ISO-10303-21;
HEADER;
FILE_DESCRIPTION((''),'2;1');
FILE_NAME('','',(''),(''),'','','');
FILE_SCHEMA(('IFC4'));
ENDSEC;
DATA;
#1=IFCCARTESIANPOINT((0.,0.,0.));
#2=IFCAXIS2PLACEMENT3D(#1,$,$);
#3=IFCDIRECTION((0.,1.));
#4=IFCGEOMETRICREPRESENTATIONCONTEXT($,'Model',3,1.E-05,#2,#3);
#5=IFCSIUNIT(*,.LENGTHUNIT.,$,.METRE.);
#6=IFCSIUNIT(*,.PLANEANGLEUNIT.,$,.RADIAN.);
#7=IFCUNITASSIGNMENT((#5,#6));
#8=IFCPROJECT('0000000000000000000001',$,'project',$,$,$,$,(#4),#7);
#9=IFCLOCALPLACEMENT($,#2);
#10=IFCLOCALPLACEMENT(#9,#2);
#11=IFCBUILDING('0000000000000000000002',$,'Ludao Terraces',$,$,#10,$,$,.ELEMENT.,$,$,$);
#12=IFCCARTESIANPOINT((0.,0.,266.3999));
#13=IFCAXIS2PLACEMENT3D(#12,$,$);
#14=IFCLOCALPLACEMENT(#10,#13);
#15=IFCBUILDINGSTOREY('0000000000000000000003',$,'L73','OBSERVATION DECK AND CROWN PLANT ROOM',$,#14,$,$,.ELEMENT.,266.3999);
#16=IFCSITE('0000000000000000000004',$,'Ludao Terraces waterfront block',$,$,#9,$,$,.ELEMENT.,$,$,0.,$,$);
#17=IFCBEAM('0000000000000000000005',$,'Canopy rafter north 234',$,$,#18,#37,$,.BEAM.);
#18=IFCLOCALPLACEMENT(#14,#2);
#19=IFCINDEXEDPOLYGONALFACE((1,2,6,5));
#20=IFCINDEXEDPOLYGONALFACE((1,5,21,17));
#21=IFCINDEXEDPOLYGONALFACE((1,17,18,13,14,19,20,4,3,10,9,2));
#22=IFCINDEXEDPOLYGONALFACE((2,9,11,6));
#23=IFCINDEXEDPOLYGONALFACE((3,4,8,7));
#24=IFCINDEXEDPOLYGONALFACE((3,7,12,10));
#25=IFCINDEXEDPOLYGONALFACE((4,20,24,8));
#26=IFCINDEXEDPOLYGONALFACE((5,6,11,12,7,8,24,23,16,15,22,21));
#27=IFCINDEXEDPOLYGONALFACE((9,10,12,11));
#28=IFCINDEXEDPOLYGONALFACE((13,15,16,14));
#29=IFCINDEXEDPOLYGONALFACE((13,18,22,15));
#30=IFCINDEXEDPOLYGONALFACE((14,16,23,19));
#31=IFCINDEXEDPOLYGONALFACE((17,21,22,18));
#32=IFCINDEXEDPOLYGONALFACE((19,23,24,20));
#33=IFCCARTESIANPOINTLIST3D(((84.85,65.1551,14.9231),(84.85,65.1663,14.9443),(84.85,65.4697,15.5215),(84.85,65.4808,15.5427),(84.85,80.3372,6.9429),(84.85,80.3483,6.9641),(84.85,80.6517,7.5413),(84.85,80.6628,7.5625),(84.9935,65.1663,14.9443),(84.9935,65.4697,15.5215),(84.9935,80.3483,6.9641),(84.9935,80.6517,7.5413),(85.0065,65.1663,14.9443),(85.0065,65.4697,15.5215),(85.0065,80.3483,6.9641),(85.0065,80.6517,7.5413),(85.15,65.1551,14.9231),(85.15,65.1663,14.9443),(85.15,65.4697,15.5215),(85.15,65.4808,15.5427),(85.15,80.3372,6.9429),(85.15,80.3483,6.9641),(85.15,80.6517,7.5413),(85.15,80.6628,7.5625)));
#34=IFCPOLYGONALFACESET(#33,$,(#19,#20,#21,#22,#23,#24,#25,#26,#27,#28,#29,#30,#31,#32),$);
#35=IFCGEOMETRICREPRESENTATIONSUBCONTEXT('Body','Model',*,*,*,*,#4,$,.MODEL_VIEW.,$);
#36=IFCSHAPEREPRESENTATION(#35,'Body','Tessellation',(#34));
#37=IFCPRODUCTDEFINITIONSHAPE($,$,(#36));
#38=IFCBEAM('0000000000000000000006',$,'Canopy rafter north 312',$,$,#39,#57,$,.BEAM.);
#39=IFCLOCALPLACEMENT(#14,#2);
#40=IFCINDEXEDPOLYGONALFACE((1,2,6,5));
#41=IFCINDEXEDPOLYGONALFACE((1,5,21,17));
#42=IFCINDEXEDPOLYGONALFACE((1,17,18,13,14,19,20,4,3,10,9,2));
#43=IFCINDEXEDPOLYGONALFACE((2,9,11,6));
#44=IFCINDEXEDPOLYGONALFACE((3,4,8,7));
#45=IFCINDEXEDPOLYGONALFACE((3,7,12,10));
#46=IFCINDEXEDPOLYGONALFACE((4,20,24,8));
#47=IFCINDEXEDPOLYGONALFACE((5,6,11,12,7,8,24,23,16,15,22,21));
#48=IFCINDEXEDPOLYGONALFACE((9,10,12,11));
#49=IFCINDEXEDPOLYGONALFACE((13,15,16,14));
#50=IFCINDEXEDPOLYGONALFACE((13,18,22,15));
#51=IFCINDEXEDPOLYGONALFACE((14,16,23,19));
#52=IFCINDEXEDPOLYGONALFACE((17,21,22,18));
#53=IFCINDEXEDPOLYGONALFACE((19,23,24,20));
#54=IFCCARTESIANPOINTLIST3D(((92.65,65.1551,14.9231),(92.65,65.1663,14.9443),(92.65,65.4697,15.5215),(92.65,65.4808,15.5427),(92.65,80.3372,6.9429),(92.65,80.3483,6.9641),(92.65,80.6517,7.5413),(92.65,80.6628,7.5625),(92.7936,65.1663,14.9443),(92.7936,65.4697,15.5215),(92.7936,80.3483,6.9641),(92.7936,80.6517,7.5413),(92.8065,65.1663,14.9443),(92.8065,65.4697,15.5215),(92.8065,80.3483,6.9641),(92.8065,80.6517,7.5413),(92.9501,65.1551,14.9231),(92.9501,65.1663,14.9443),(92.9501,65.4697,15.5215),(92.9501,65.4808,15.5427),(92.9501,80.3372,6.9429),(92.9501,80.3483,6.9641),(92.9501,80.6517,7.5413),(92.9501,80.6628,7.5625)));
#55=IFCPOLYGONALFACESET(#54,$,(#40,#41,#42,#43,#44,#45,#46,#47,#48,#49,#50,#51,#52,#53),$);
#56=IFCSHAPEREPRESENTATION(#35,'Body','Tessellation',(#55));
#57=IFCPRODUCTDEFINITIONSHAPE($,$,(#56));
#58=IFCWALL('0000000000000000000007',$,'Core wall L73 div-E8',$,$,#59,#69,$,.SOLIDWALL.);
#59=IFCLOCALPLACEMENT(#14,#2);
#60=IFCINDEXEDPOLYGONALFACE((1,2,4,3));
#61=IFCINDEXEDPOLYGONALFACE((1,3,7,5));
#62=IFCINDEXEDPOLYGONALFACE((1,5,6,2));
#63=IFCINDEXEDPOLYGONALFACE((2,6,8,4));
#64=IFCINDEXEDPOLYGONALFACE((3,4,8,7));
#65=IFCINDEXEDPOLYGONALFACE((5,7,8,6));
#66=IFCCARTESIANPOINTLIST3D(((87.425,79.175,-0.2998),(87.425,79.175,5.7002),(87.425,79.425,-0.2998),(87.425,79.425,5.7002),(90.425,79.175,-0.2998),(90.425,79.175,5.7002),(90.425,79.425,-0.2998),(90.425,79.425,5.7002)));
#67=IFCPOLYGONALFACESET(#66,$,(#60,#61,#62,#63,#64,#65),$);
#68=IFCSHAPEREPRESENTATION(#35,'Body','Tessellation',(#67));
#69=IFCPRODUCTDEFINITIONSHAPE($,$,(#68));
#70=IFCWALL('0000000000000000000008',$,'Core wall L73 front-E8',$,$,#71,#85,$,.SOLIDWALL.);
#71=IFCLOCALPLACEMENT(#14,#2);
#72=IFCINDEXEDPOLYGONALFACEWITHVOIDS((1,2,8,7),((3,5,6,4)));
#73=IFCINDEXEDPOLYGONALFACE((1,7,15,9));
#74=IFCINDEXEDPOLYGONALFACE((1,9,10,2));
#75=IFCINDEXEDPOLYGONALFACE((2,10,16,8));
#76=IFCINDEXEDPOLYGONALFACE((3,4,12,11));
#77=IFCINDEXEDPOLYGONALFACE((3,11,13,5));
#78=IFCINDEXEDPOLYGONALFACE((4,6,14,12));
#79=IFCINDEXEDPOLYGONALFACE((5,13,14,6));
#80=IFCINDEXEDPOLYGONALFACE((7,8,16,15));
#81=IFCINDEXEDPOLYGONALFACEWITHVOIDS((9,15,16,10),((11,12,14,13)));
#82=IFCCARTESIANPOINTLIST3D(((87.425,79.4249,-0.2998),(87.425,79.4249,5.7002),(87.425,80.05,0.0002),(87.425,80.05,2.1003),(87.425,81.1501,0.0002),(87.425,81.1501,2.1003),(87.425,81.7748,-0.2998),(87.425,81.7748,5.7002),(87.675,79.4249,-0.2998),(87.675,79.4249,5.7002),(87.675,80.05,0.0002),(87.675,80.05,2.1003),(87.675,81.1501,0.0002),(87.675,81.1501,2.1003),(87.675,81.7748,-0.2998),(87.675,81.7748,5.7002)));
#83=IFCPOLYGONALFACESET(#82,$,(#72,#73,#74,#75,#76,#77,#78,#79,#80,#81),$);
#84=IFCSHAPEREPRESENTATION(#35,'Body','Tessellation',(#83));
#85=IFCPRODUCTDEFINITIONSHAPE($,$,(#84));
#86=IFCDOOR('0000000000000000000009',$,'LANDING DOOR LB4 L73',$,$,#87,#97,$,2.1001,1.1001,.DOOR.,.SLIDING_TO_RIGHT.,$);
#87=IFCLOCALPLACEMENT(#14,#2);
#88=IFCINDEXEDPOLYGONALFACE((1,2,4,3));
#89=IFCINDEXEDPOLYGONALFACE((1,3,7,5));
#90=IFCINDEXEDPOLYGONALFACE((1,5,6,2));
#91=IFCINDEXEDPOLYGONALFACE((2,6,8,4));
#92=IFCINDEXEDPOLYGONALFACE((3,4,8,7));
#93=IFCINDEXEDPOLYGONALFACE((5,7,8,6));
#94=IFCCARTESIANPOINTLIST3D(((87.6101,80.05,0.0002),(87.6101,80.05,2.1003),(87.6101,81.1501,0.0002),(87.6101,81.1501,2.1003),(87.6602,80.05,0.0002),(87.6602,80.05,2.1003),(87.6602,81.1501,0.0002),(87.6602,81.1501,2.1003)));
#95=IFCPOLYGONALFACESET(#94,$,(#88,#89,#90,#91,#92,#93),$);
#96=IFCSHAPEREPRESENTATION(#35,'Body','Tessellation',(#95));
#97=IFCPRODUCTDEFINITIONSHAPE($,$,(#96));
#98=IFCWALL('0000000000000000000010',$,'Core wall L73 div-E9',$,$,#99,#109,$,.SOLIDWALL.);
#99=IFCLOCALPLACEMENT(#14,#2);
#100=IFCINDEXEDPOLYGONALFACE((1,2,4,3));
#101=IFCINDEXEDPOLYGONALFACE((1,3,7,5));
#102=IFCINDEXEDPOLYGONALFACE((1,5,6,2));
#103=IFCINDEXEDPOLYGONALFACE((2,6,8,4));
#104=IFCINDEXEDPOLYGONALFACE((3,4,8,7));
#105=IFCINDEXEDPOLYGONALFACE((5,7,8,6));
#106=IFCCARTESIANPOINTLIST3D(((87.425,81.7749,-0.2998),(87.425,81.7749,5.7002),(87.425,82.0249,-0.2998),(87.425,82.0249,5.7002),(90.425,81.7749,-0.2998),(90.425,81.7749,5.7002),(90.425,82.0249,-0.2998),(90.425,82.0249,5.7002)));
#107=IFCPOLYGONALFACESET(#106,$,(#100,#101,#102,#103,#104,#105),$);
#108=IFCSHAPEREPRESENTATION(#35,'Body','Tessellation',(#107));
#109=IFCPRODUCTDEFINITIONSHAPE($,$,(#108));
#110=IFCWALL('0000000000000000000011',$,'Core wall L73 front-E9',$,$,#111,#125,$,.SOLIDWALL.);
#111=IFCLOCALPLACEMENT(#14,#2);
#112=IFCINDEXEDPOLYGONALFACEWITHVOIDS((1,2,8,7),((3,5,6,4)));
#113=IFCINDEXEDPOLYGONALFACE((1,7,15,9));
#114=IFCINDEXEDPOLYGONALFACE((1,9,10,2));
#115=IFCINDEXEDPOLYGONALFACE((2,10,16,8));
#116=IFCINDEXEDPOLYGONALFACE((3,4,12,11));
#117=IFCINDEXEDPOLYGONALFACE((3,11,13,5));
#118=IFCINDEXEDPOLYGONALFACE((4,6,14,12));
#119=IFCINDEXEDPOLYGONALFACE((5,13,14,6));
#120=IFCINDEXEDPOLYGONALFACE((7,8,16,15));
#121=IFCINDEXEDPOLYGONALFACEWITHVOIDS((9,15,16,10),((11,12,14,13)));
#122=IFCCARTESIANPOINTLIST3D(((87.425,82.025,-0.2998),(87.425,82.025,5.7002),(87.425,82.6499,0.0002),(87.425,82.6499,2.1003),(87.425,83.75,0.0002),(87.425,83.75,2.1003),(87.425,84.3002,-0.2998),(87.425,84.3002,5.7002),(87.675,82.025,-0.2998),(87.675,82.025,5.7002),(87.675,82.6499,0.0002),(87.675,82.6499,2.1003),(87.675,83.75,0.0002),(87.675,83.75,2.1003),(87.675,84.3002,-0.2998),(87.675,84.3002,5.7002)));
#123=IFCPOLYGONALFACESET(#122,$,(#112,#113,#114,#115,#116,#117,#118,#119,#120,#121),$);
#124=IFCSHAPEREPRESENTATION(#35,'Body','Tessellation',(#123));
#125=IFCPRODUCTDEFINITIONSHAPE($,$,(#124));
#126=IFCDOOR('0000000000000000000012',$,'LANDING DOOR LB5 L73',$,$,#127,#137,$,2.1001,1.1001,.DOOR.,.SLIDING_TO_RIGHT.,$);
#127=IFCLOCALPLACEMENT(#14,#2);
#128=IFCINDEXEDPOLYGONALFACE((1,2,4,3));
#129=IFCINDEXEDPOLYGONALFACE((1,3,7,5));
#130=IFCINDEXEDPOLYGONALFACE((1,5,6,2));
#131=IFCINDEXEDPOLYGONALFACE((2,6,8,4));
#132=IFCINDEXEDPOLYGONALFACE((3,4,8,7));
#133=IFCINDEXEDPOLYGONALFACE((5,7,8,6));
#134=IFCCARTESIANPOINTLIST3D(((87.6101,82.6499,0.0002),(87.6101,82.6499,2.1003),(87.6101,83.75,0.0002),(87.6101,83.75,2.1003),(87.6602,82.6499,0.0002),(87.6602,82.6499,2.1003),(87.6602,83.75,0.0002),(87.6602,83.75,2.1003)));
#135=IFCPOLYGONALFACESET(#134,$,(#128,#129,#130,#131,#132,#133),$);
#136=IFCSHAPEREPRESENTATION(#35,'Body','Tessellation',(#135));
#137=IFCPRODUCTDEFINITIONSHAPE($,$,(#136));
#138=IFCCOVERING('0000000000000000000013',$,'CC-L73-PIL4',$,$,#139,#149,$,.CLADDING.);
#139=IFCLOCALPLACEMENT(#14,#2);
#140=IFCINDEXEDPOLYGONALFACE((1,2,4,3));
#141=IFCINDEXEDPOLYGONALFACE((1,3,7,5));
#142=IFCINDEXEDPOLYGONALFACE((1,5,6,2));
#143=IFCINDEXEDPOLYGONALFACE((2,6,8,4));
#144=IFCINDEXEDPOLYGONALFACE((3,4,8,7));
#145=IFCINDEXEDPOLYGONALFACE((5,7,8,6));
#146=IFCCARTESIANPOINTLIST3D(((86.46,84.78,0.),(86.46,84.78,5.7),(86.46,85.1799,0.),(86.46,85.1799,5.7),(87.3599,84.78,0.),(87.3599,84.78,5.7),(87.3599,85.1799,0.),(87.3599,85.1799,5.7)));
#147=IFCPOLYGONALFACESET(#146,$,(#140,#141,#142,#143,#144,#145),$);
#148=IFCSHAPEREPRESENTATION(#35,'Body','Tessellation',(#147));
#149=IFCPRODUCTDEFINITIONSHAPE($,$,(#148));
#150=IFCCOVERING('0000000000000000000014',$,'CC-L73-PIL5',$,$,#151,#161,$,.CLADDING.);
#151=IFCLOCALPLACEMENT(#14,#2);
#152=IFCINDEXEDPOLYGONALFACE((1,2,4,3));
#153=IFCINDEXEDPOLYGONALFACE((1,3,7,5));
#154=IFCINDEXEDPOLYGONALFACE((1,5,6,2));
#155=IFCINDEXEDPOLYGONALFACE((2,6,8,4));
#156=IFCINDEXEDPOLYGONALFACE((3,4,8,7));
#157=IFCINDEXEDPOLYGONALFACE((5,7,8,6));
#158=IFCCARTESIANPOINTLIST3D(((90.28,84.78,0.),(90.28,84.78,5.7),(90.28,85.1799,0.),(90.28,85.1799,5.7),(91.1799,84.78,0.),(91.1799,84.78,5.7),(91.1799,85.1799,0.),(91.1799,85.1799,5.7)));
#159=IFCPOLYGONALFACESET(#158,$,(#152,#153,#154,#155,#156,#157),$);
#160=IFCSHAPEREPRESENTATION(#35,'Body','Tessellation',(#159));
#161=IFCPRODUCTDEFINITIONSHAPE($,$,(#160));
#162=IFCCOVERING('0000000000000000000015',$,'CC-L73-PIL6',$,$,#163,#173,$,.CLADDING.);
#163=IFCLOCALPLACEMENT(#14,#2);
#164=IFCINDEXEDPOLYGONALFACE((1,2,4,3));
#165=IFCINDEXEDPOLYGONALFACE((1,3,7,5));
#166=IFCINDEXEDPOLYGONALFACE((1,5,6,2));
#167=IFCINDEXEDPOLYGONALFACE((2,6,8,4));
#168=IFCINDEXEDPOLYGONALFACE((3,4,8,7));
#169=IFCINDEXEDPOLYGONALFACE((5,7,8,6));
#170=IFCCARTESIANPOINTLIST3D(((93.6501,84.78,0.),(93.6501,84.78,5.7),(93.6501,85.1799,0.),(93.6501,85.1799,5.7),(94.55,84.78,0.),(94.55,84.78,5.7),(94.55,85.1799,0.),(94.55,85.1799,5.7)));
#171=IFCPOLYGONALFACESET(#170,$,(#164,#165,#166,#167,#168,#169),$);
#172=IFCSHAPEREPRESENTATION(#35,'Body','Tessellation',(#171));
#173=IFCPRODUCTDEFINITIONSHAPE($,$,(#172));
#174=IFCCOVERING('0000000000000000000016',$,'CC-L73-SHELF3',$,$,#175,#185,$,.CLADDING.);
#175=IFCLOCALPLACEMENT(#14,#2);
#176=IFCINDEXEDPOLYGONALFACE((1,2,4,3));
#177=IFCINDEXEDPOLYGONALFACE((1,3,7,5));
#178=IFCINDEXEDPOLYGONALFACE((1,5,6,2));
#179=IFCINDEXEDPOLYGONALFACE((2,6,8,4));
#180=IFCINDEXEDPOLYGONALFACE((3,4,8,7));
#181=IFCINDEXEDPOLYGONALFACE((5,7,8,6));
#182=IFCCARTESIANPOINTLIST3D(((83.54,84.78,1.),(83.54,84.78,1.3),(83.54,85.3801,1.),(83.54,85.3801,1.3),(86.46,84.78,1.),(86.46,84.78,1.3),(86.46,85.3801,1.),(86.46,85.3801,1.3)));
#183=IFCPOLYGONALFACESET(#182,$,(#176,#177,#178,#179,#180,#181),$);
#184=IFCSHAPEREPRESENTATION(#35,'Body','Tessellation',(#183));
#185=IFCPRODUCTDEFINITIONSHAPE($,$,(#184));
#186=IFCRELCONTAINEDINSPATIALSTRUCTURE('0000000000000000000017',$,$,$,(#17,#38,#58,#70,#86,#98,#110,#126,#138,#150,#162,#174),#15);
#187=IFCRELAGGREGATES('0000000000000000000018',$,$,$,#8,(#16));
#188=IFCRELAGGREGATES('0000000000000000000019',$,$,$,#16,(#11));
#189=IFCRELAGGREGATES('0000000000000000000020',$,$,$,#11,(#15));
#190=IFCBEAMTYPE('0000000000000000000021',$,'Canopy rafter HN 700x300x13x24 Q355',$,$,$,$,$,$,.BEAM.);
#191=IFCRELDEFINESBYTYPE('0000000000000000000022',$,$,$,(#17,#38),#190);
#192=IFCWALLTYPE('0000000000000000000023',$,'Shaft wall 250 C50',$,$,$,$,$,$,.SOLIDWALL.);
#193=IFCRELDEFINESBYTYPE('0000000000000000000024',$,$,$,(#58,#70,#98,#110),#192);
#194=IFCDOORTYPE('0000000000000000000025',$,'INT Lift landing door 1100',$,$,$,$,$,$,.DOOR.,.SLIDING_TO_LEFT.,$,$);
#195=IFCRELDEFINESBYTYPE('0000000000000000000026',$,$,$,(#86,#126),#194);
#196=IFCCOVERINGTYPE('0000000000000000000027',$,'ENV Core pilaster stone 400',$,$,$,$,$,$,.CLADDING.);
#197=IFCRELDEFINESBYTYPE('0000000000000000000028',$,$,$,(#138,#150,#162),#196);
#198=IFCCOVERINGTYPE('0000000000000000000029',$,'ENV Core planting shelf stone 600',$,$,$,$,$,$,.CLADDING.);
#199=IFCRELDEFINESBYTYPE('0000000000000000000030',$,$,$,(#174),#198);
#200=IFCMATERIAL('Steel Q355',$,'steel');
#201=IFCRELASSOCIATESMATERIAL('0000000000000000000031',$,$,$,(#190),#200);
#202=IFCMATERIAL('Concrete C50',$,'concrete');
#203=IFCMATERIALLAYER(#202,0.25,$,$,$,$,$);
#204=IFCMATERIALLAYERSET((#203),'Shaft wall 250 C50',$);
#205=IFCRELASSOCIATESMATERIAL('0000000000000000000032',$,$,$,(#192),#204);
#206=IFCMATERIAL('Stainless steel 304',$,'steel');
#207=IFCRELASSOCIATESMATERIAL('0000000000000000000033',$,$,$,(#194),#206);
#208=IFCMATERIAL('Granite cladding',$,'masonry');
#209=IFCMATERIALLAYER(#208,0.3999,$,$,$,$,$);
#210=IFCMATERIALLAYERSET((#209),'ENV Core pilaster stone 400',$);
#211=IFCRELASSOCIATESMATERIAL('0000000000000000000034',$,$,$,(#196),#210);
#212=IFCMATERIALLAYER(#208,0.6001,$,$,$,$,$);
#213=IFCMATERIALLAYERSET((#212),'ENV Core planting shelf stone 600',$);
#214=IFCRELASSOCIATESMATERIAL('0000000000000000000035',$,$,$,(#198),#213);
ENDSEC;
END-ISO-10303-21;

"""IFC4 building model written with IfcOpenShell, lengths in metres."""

from ifc_helpers import new_model, si_unit, direction, frame, frame_2d, origin, origin_2d, place, context, subcontext, project, spatial, rectangle, i_section, extrude, material, layer, layer_set, material_profile, profile_set, type_object, element, fill, save


model = new_model("IFC4")

# Units and contexts
model_context = context("Model", 3, precision=1e-05, world=origin(), true_north=direction((0.0, 1.0)))
body_context = subcontext(model_context, "Body", "Model", "MODEL_VIEW")
ifc_project = project(units=[si_unit("LENGTHUNIT", "METRE"), si_unit("PLANEANGLEUNIT", "RADIAN")], contexts=[model_context])

# Site, building, storey
site_placement = place(None, origin())
site = spatial("IfcSite", under=ifc_project, at=site_placement, Name="Ludao Terraces waterfront block", CompositionType="ELEMENT", RefElevation=0.0)
building_placement = place(site_placement, origin())
building = spatial("IfcBuilding", under=site, at=building_placement, Name="Ludao Terraces", CompositionType="ELEMENT")
storey_placement = place(building_placement, frame((0.0, 0.0, 266.3999)))
storey = spatial("IfcBuildingStorey", under=building, at=storey_placement, Name="L73", Description="OBSERVATION DECK AND CROWN PLANT ROOM", CompositionType="ELEMENT", Elevation=266.3999)

# Beams
ifc_material_1 = material(Name="Steel Q355", Category="steel")
ifc_material_profile = material_profile(ifc_material_1, i_section(OverallWidth=0.3, OverallDepth=0.7, WebThickness=0.0129, FlangeThickness=0.0239, at=origin_2d()), Name="HN 700X300X13X24")
ifc_profile_set = profile_set([ifc_material_profile], Name="Steel Q355")
beam_type = type_object("IfcBeamType", Name="Canopy rafter HN 700x300x13x24 Q355", PredefinedType="BEAM", material=ifc_profile_set)
for number, where, z_axis, x_axis, name in (
    (1, (85.0, 80.5, 7.2527), (0.0, -0.885167, 0.465273), (1.0, 0.0, 0.0), "Canopy rafter north 234"),
    (2, (92.8, 80.5, 7.2527), (0.0, -0.885167, 0.465273), (1.0, 0.0, 0.0), "Canopy rafter north 312"),
):
    element("IfcBeam", number, at=place(storey_placement, frame(where, z_axis=z_axis, x_axis=x_axis)), inside=storey, type_object=beam_type, Name=name, PredefinedType="BEAM", context=body_context, shape_type="SweptSolid", body=[
        extrude(i_section(OverallWidth=0.3, OverallDepth=0.7, WebThickness=0.0129, FlangeThickness=0.0239, at=origin_2d()), origin(), (0.0, 0.0, 1.0), 17.1516),
    ])

# Wall
ifc_material_2 = material(Name="Concrete C50", Category="concrete")
ifc_layer_1 = layer(ifc_material_2, 0.25)
ifc_layer_set_1 = layer_set([ifc_layer_1], Name="Shaft wall 250 C50")
wall_type = type_object("IfcWallType", Name="Shaft wall 250 C50", PredefinedType="SOLIDWALL", material=ifc_layer_set_1)
wall_1_placement = place(storey_placement, frame((87.425, 79.3, -0.2998), z_axis=(0.0, 0.0, 1.0), x_axis=(1.0, 0.0, 0.0)))
element("IfcWall", 3, at=wall_1_placement, inside=storey, type_object=wall_type, Name="Core wall L73 div-E8", PredefinedType="SOLIDWALL", context=body_context, shape_type="SweptSolid", body=[
    extrude(rectangle(XDim=3.0, YDim=0.25, at=frame_2d((1.5, 0.0))), origin(), (0.0, 0.0, 1.0), 6.0),
])

# Wall, opening, door
wall_2_placement = place(storey_placement, frame((87.55, 79.425, -0.2998), z_axis=(0.0, 0.0, 1.0), x_axis=(0.0, 1.0, 0.0)))
wall_2 = element("IfcWall", 4, at=wall_2_placement, inside=storey, type_object=wall_type, Name="Core wall L73 front-E8", PredefinedType="SOLIDWALL", context=body_context, shape_type="SweptSolid", body=[
    extrude(rectangle(XDim=2.3499, YDim=0.25, at=frame_2d((1.1748, 0.0))), origin(), (0.0, 0.0, 1.0), 6.0),
])
opening_1_placement = place(wall_2_placement, frame((0.625, 0.0, 0.3)))
opening_1 = element("IfcOpeningElement", 5, at=opening_1_placement, cuts=wall_2, PredefinedType="OPENING", context=body_context, shape_type="SweptSolid", body=[
    extrude(rectangle(XDim=1.1001, YDim=2.1001, at=frame_2d((0.55, 1.05))), frame((0.0, 0.135, 0.0), z_axis=(0.0, -1.0, 0.0), x_axis=(1.0, 0.0, 0.0)), (0.0, 0.0, 1.0), 0.27),
])
ifc_material_3 = material(Name="Stainless steel 304", Category="steel")
door_type = type_object("IfcDoorType", Name="INT Lift landing door 1100", OperationType="SLIDING_TO_LEFT", PredefinedType="DOOR", material=ifc_material_3)
door_1_placement = place(opening_1_placement, origin())
door_1 = element("IfcDoor", 6, at=door_1_placement, inside=storey, type_object=door_type, Name="LANDING DOOR LB4 L73", OperationType="SLIDING_TO_RIGHT", OverallHeight=2.1001, OverallWidth=1.1001, PredefinedType="DOOR", context=body_context, shape_type="SweptSolid", body=[
    extrude(rectangle(XDim=1.1001, YDim=2.1001, at=frame_2d((0.55, 1.05))), frame((0.0, -0.0601, 0.0), z_axis=(0.0, -1.0, 0.0), x_axis=(1.0, 0.0, 0.0)), (0.0, 0.0, 1.0), 0.05),
])
fill(opening_1, door_1)

# Wall
wall_3_placement = place(storey_placement, frame((87.425, 81.8999, -0.2998), z_axis=(0.0, 0.0, 1.0), x_axis=(1.0, 0.0, 0.0)))
element("IfcWall", 7, at=wall_3_placement, inside=storey, type_object=wall_type, Name="Core wall L73 div-E9", PredefinedType="SOLIDWALL", context=body_context, shape_type="SweptSolid", body=[
    extrude(rectangle(XDim=3.0, YDim=0.25, at=frame_2d((1.5, 0.0))), origin(), (0.0, 0.0, 1.0), 6.0),
])

# Wall, opening, door
wall_4_placement = place(storey_placement, frame((87.55, 82.0249, -0.2998), z_axis=(0.0, 0.0, 1.0), x_axis=(0.0, 1.0, 0.0)))
wall_4 = element("IfcWall", 8, at=wall_4_placement, inside=storey, type_object=wall_type, Name="Core wall L73 front-E9", PredefinedType="SOLIDWALL", context=body_context, shape_type="SweptSolid", body=[
    extrude(rectangle(XDim=2.2751, YDim=0.25, at=frame_2d((1.1377, 0.0))), origin(), (0.0, 0.0, 1.0), 6.0),
])
opening_2_placement = place(wall_4_placement, frame((0.625, 0.0, 0.3)))
opening_2 = element("IfcOpeningElement", 9, at=opening_2_placement, cuts=wall_4, PredefinedType="OPENING", context=body_context, shape_type="SweptSolid", body=[
    extrude(rectangle(XDim=1.1001, YDim=2.1001, at=frame_2d((0.55, 1.05))), frame((0.0, 0.135, 0.0), z_axis=(0.0, -1.0, 0.0), x_axis=(1.0, 0.0, 0.0)), (0.0, 0.0, 1.0), 0.27),
])
door_2_placement = place(opening_2_placement, origin())
door_2 = element("IfcDoor", 10, at=door_2_placement, inside=storey, type_object=door_type, Name="LANDING DOOR LB5 L73", OperationType="SLIDING_TO_RIGHT", OverallHeight=2.1001, OverallWidth=1.1001, PredefinedType="DOOR", context=body_context, shape_type="SweptSolid", body=[
    extrude(rectangle(XDim=1.1001, YDim=2.1001, at=frame_2d((0.55, 1.05))), frame((0.0, -0.0601, 0.0), z_axis=(0.0, -1.0, 0.0), x_axis=(1.0, 0.0, 0.0)), (0.0, 0.0, 1.0), 0.05),
])
fill(opening_2, door_2)

# Coverings
ifc_material_4 = material(Name="Granite cladding", Category="masonry")
ifc_layer_2 = layer(ifc_material_4, 0.3999)
ifc_layer_set_2 = layer_set([ifc_layer_2], Name="ENV Core pilaster stone 400")
covering_type_1 = type_object("IfcCoveringType", Name="ENV Core pilaster stone 400", PredefinedType="CLADDING", material=ifc_layer_set_2)
for number, where, z_axis, x_axis, name in (
    (11, (86.9099, 84.98, 0.0), (0.0, 0.0, 1.0), (1.0, 0.0, 0.0), "CC-L73-PIL4"),
    (12, (90.73, 84.98, 0.0), (0.0, 0.0, 1.0), (1.0, 0.0, 0.0), "CC-L73-PIL5"),
    (13, (94.1001, 84.98, 0.0), (0.0, 0.0, 1.0), (1.0, 0.0, 0.0), "CC-L73-PIL6"),
):
    element("IfcCovering", number, at=place(storey_placement, frame(where, z_axis=z_axis, x_axis=x_axis)), inside=storey, type_object=covering_type_1, Name=name, PredefinedType="CLADDING", context=body_context, shape_type="SweptSolid", body=[
        extrude(rectangle(XDim=0.8999, YDim=0.3999, at=origin_2d()), origin(), (0.0, 0.0, 1.0), 5.7),
    ])
ifc_layer_3 = layer(ifc_material_4, 0.6001)
ifc_layer_set_3 = layer_set([ifc_layer_3], Name="ENV Core planting shelf stone 600")
covering_type_2 = type_object("IfcCoveringType", Name="ENV Core planting shelf stone 600", PredefinedType="CLADDING", material=ifc_layer_set_3)
for number, where, z_axis, x_axis, name in (
    (14, (85.0, 85.0801, 1.0), (0.0, 0.0, 1.0), (1.0, 0.0, 0.0), "CC-L73-SHELF3"),
):
    element("IfcCovering", number, at=place(storey_placement, frame(where, z_axis=z_axis, x_axis=x_axis)), inside=storey, type_object=covering_type_2, Name=name, PredefinedType="CLADDING", context=body_context, shape_type="SweptSolid", body=[
        extrude(rectangle(XDim=2.9199, YDim=0.6001, at=origin_2d()), origin(), (0.0, 0.0, 1.0), 0.3),
    ])

save(model, "model.ifc")
